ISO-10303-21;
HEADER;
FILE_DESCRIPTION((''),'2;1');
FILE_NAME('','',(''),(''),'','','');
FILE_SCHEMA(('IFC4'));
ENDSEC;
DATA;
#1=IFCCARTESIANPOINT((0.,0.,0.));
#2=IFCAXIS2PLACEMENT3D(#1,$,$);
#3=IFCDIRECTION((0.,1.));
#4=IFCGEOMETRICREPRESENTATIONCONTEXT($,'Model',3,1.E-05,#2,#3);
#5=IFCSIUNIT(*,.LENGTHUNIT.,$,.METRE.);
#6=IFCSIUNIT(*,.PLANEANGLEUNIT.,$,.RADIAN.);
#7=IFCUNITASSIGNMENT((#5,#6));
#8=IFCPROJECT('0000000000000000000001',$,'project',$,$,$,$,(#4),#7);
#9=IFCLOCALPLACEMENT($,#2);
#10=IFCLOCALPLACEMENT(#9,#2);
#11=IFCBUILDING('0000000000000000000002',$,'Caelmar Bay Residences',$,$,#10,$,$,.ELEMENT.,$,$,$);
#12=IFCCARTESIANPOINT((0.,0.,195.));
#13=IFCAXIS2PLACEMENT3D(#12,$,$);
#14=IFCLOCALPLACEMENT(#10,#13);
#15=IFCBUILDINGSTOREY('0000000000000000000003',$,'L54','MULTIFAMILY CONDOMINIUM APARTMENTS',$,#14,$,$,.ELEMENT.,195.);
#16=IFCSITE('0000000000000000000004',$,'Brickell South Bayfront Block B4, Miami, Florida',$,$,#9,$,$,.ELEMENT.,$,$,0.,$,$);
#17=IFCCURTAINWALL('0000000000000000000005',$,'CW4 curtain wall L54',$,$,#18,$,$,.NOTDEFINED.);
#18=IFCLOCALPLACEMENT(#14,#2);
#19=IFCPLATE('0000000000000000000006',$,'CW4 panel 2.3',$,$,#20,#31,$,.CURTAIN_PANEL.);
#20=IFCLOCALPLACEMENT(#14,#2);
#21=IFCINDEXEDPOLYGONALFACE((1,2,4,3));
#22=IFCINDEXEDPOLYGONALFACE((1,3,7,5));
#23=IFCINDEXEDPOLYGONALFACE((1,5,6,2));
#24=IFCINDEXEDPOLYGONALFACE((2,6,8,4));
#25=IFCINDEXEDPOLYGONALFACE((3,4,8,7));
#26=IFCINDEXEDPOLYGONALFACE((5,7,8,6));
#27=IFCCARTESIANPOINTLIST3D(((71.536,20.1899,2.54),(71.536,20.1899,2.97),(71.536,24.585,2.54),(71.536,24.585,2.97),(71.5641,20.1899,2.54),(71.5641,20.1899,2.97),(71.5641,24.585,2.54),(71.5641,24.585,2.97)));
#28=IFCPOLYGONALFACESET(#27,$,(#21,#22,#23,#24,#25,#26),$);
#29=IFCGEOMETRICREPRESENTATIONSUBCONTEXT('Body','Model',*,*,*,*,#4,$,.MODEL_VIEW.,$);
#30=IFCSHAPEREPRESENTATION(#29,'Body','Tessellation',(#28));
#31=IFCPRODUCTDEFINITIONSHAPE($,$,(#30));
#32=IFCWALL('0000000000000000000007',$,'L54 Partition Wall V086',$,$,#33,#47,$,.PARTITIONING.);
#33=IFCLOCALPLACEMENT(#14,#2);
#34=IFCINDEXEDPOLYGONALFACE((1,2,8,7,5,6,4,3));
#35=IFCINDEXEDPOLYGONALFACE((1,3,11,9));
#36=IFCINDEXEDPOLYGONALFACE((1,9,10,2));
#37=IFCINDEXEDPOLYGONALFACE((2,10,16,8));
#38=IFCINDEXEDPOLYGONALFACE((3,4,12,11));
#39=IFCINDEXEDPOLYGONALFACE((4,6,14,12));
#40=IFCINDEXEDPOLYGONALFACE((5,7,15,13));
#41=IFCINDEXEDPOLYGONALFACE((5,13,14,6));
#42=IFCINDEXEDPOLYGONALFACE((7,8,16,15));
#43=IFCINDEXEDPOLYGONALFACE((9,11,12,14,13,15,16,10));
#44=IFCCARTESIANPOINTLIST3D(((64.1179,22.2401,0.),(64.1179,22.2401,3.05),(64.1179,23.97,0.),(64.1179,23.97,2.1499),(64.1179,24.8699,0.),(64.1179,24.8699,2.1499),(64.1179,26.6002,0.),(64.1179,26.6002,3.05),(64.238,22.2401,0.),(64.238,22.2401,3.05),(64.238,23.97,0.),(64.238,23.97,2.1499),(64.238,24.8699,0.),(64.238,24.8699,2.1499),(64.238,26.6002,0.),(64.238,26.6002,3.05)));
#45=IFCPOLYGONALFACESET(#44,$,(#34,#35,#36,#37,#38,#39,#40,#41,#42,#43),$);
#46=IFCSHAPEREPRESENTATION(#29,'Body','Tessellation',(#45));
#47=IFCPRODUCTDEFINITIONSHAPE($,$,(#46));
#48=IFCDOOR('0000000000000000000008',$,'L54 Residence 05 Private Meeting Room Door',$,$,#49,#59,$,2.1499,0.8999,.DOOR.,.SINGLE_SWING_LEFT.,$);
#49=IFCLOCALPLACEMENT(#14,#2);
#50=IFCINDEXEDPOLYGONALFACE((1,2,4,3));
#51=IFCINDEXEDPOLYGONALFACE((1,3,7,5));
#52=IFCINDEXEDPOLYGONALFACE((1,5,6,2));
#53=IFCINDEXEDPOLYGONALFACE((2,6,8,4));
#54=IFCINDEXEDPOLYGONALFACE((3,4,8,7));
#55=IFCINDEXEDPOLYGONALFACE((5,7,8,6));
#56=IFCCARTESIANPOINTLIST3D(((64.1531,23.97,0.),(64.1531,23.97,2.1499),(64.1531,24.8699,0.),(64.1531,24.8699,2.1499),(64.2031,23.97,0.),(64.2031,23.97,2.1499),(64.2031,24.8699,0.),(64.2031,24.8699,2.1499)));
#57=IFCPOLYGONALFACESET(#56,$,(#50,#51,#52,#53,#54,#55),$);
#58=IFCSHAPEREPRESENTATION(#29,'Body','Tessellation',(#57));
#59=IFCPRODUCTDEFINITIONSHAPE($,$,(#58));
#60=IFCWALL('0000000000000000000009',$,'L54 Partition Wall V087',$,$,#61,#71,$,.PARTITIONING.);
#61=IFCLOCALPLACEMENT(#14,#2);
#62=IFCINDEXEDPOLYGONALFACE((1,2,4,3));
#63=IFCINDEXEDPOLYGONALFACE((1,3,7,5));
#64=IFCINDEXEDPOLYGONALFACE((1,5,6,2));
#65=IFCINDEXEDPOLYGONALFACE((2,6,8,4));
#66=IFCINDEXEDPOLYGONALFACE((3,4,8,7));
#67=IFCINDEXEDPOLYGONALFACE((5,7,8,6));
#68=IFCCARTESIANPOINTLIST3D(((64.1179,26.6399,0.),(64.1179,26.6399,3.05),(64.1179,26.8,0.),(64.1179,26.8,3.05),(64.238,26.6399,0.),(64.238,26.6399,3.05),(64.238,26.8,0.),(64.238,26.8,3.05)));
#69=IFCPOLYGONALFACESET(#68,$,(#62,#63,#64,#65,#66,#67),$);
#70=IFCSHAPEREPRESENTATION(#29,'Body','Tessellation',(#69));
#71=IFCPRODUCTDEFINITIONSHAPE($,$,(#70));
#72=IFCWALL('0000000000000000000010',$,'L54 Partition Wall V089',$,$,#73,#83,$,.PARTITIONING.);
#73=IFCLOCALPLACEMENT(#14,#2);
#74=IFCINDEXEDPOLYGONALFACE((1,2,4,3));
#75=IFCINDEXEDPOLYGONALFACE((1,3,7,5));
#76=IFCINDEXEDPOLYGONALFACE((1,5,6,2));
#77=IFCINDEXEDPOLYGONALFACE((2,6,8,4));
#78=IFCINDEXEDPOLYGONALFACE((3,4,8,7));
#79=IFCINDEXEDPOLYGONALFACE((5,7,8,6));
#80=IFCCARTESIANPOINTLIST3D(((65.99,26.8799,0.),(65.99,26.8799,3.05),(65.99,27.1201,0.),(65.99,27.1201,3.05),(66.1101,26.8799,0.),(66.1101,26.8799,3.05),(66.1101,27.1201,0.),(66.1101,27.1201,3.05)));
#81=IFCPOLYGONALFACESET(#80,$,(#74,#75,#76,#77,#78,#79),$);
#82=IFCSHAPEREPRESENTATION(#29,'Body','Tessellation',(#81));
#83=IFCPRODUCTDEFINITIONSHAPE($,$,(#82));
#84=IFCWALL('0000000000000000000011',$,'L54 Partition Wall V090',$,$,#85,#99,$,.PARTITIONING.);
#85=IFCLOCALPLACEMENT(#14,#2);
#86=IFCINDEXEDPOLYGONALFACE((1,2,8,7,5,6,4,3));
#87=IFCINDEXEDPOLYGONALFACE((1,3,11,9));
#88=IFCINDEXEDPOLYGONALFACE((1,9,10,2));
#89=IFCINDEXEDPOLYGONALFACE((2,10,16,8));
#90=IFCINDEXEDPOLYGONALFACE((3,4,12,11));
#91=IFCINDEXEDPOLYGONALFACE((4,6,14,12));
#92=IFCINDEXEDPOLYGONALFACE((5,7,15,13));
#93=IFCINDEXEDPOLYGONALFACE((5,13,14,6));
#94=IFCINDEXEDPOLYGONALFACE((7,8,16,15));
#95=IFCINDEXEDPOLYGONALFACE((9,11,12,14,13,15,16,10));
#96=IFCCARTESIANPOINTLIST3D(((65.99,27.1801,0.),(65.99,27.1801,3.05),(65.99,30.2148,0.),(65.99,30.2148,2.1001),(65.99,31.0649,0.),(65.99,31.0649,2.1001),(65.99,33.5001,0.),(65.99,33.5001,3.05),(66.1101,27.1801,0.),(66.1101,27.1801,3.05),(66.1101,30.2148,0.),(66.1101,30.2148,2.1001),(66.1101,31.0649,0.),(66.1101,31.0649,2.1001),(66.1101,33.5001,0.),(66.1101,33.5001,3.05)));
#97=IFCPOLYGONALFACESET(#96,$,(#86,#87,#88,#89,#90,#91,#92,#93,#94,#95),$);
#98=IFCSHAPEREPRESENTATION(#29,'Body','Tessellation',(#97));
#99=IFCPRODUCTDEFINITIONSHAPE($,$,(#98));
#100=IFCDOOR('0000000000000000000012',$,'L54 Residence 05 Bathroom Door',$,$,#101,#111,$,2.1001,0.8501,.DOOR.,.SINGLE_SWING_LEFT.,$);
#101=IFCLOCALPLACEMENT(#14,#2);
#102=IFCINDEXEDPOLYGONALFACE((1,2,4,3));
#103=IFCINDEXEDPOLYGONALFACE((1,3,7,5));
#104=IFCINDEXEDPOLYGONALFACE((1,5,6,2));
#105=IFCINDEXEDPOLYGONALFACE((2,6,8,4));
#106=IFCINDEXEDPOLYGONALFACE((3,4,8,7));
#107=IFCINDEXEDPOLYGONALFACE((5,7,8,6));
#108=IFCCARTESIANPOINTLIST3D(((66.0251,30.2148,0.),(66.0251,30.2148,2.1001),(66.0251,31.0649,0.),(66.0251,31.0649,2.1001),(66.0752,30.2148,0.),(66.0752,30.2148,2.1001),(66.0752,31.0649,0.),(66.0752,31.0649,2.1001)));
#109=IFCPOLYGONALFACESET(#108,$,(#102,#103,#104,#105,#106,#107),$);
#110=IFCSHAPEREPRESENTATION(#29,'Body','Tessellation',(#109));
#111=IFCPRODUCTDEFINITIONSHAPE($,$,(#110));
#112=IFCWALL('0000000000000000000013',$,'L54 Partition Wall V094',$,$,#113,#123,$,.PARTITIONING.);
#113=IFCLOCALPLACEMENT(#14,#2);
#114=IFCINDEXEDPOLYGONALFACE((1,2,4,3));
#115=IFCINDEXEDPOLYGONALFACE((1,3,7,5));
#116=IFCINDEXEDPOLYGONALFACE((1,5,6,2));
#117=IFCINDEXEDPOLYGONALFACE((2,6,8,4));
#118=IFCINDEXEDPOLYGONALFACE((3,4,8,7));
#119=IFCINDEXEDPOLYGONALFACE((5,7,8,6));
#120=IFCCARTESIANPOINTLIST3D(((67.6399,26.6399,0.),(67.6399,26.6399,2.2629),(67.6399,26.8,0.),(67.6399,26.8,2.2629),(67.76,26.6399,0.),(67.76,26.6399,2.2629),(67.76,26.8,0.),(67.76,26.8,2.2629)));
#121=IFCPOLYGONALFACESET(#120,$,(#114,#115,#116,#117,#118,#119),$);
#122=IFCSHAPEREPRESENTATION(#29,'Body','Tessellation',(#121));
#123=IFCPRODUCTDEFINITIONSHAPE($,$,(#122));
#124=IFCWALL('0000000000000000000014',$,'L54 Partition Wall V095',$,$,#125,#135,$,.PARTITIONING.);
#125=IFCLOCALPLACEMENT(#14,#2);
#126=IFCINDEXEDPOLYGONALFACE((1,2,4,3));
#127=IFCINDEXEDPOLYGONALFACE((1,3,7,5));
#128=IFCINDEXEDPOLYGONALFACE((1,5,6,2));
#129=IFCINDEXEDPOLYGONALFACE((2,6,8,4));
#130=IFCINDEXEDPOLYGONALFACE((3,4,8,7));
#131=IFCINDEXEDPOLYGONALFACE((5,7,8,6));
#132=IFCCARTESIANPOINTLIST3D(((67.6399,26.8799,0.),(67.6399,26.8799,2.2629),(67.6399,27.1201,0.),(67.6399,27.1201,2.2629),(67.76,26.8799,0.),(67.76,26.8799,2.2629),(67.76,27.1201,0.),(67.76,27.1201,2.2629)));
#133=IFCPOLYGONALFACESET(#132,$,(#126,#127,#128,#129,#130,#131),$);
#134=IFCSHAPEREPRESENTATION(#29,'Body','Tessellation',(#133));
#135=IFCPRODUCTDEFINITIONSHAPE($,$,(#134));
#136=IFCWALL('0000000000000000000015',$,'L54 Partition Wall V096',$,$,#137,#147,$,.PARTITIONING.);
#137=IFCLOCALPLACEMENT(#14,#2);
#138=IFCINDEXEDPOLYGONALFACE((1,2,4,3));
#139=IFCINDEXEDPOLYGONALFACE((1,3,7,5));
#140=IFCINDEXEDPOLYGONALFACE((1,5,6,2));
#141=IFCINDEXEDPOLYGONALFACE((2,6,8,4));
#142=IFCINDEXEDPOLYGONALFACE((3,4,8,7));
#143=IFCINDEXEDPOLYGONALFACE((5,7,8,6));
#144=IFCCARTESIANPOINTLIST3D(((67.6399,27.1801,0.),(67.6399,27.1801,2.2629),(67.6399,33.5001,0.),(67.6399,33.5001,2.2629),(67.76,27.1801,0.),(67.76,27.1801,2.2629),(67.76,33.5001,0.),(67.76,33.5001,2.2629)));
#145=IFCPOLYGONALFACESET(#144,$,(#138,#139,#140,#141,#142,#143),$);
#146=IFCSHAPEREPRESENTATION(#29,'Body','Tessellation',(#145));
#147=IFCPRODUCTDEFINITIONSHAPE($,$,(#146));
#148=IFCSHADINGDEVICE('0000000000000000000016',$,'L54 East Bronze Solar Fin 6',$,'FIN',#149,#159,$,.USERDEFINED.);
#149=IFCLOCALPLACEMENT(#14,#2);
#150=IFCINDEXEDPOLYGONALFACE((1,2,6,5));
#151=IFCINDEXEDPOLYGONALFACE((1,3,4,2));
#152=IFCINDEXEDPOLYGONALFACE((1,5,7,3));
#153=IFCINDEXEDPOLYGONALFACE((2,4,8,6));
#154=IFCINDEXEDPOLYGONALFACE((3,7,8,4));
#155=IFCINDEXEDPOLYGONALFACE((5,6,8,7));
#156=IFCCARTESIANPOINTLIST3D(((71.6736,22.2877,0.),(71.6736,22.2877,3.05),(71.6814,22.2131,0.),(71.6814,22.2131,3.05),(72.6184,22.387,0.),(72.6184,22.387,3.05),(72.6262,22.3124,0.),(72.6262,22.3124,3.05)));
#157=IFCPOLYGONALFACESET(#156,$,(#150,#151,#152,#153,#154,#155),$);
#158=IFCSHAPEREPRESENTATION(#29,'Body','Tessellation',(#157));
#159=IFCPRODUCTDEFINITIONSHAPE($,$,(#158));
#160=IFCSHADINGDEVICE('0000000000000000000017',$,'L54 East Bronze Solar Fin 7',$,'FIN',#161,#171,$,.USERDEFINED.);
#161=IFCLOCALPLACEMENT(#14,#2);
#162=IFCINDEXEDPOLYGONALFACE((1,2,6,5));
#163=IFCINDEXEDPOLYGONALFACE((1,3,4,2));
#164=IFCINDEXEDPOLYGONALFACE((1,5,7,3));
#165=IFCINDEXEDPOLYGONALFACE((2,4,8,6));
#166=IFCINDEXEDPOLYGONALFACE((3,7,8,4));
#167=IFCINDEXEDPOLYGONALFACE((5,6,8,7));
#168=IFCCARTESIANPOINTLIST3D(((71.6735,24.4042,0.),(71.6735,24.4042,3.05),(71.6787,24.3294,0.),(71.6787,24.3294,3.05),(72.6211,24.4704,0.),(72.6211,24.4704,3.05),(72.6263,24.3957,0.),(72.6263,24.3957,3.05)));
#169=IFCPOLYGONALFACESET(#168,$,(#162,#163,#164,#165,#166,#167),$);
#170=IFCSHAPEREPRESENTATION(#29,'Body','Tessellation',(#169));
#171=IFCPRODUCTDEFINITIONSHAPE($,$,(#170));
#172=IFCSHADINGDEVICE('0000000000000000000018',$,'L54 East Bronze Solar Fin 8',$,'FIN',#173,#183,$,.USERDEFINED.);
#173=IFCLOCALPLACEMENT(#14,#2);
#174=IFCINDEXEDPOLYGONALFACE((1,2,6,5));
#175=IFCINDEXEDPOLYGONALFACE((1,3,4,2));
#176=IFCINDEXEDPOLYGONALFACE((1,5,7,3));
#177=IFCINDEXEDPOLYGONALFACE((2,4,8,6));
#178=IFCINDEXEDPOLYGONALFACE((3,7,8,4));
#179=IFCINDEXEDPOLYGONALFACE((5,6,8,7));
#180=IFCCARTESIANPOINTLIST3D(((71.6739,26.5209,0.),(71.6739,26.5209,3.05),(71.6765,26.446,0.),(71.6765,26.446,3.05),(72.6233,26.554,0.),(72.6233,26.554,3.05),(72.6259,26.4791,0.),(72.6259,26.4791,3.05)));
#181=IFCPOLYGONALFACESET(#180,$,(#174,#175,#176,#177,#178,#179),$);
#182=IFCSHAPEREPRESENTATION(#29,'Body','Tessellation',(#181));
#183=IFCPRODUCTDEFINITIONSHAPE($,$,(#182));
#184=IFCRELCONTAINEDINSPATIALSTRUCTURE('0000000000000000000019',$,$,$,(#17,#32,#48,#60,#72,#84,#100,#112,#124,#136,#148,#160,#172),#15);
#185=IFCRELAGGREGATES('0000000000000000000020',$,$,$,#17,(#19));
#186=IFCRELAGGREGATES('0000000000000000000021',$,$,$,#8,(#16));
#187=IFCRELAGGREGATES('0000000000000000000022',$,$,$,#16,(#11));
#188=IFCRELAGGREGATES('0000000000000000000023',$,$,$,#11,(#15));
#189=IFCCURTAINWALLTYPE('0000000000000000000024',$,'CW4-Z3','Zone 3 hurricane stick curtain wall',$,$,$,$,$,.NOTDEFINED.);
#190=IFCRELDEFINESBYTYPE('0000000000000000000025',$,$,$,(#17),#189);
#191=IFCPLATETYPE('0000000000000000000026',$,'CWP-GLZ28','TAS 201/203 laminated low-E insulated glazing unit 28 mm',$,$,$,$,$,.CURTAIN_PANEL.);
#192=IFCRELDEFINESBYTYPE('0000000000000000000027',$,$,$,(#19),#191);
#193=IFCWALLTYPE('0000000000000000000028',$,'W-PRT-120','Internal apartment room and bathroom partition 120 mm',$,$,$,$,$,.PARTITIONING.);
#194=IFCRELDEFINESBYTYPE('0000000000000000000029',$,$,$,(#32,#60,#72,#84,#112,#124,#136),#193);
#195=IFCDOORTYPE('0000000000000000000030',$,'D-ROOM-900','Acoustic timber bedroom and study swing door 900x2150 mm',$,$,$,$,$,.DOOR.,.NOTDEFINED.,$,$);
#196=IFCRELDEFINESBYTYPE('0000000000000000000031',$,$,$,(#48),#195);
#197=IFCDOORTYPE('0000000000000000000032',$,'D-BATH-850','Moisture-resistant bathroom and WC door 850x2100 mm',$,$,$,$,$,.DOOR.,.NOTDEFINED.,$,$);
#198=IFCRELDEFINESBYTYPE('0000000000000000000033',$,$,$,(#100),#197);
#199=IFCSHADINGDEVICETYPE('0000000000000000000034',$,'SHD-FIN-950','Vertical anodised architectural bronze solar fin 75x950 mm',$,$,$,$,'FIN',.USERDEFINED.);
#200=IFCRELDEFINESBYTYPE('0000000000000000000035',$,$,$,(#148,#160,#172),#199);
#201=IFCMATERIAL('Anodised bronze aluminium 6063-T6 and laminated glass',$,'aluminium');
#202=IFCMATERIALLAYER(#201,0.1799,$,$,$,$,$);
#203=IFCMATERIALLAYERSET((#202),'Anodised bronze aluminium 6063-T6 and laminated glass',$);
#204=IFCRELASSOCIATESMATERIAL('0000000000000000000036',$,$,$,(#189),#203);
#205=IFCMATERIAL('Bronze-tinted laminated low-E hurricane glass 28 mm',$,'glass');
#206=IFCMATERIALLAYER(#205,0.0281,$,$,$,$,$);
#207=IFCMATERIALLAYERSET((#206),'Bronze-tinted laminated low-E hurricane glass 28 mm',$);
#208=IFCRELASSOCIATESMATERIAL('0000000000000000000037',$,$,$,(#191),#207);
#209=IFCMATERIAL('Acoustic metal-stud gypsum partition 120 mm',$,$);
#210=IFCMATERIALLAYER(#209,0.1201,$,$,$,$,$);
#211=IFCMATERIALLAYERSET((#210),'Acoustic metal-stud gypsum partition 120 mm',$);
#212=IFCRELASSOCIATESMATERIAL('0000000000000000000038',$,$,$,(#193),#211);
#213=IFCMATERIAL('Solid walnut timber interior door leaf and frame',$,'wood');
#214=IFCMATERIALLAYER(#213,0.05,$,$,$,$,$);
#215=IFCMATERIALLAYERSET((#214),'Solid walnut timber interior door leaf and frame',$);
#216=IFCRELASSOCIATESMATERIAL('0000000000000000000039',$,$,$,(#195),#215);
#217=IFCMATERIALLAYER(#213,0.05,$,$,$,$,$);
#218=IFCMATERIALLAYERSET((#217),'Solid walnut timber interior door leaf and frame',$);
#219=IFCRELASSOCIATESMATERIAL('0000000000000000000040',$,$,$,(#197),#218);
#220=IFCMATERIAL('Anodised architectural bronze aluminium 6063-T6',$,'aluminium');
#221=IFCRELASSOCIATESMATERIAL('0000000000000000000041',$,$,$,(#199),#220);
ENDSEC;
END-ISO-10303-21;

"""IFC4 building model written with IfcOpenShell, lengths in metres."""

from ifc_helpers import new_model, si_unit, direction, frame, frame_2d, origin, origin_2d, place, context, subcontext, project, spatial, rectangle, extrude, material, layer, layer_set, material_profile, profile_set, type_object, element, fill, aggregate, save


model = new_model("IFC4")

# Units and contexts
model_context = context("Model", 3, precision=1e-05, world=origin(), true_north=direction((0.0, 1.0)))
body_context = subcontext(model_context, "Body", "Model", "MODEL_VIEW")
ifc_project = project(units=[si_unit("LENGTHUNIT", "METRE"), si_unit("PLANEANGLEUNIT", "RADIAN")], contexts=[model_context])

# Site, building, storey
site_placement = place(None, origin())
site = spatial("IfcSite", under=ifc_project, at=site_placement, Name="Brickell South Bayfront Block B4, Miami, Florida", CompositionType="ELEMENT", RefElevation=0.0)
building_placement = place(site_placement, origin())
building = spatial("IfcBuilding", under=site, at=building_placement, Name="Caelmar Bay Residences", CompositionType="ELEMENT")
storey_placement = place(building_placement, frame((0.0, 0.0, 195.0)))
storey = spatial("IfcBuildingStorey", under=building, at=storey_placement, Name="L54", Description="MULTIFAMILY CONDOMINIUM APARTMENTS", CompositionType="ELEMENT", Elevation=195.0)

# Curtain wall, plate
ifc_material_1 = material(Name="Anodised bronze aluminium 6063-T6 and laminated glass", Category="aluminium")
ifc_layer_1 = layer(ifc_material_1, 0.1799)
ifc_layer_set_1 = layer_set([ifc_layer_1], Name="Anodised bronze aluminium 6063-T6 and laminated glass")
curtain_wall_type = type_object("IfcCurtainWallType", Name="CW4-Z3", Description="Zone 3 hurricane stick curtain wall", PredefinedType="NOTDEFINED", material=ifc_layer_set_1)
curtain_wall_placement = place(storey_placement, origin())
curtain_wall = element("IfcCurtainWall", 1, at=curtain_wall_placement, inside=storey, type_object=curtain_wall_type, Name="CW4 curtain wall L54", PredefinedType="NOTDEFINED")
ifc_material_2 = material(Name="Bronze-tinted laminated low-E hurricane glass 28 mm", Category="glass")
ifc_layer_2 = layer(ifc_material_2, 0.0281)
ifc_layer_set_2 = layer_set([ifc_layer_2], Name="Bronze-tinted laminated low-E hurricane glass 28 mm")
plate_type = type_object("IfcPlateType", Name="CWP-GLZ28", Description="TAS 201/203 laminated low-E insulated glazing unit 28 mm", PredefinedType="CURTAIN_PANEL", material=ifc_layer_set_2)
plate_1_placement = place(storey_placement, frame((71.55, 22.3875, 2.54), z_axis=(0.0, 0.0, 1.0), x_axis=(0.0, -1.0, 0.0)))
plate_1 = element("IfcPlate", 2, at=plate_1_placement, type_object=plate_type, Name="CW4 panel 2.3", PredefinedType="CURTAIN_PANEL", context=body_context, shape_type="SweptSolid", body=[
    extrude(rectangle(XDim=4.395, YDim=0.0281, at=origin_2d()), origin(), (0.0, 0.0, 1.0), 0.4299),
])
aggregate(curtain_wall, [plate_1])

# Wall, opening, door
ifc_material_3 = material(Name="Acoustic metal-stud gypsum partition 120 mm")
ifc_layer_3 = layer(ifc_material_3, 0.1201)
ifc_layer_set_3 = layer_set([ifc_layer_3], Name="Acoustic metal-stud gypsum partition 120 mm")
wall_type = type_object("IfcWallType", Name="W-PRT-120", Description="Internal apartment room and bathroom partition 120 mm", PredefinedType="PARTITIONING", material=ifc_layer_set_3)
wall_1_placement = place(storey_placement, frame((64.178, 22.24, 0.0), z_axis=(0.0, 0.0, 1.0), x_axis=(0.0, 1.0, 0.0)))
wall_1 = element("IfcWall", 3, at=wall_1_placement, inside=storey, type_object=wall_type, Name="L54 Partition Wall V086", PredefinedType="PARTITIONING", context=body_context, shape_type="SweptSolid", body=[
    extrude(rectangle(XDim=4.3601, YDim=0.1201, at=frame_2d((2.1802, 0.0))), origin(), (0.0, 0.0, 1.0), 3.05),
])
opening_1_placement = place(wall_1_placement, frame((1.73, 0.0, 0.0)))
opening_1 = element("IfcOpeningElement", 4, at=opening_1_placement, cuts=wall_1, PredefinedType="OPENING", context=body_context, shape_type="SweptSolid", body=[
    extrude(rectangle(XDim=0.8999, YDim=2.1499, at=frame_2d((0.45, 1.075))), frame((0.0, 0.0701, 0.0), z_axis=(0.0, -1.0, 0.0), x_axis=(1.0, 0.0, 0.0)), (0.0, 0.0, 1.0), 0.1401),
])
ifc_material_4 = material(Name="Solid walnut timber interior door leaf and frame", Category="wood")
ifc_layer_4 = layer(ifc_material_4, 0.05)
ifc_layer_set_4 = layer_set([ifc_layer_4], Name="Solid walnut timber interior door leaf and frame")
door_type_1 = type_object("IfcDoorType", Name="D-ROOM-900", Description="Acoustic timber bedroom and study swing door 900x2150 mm", OperationType="NOTDEFINED", PredefinedType="DOOR", material=ifc_layer_set_4)
door_1_placement = place(opening_1_placement, origin())
door_1 = element("IfcDoor", 5, at=door_1_placement, inside=storey, type_object=door_type_1, Name="L54 Residence 05 Private Meeting Room Door", OperationType="SINGLE_SWING_LEFT", OverallHeight=2.1499, OverallWidth=0.8999, PredefinedType="DOOR", context=body_context, shape_type="SweptSolid", body=[
    extrude(rectangle(XDim=0.8999, YDim=2.1499, at=frame_2d((0.45, 1.075))), frame((0.0, 0.0249, 0.0), z_axis=(0.0, -1.0, 0.0), x_axis=(1.0, 0.0, 0.0)), (0.0, 0.0, 1.0), 0.05),
])
fill(opening_1, door_1)

# Walls
wall_2_placement = place(storey_placement, frame((64.178, 26.6399, 0.0), z_axis=(0.0, 0.0, 1.0), x_axis=(0.0, 1.0, 0.0)))
element("IfcWall", 6, at=wall_2_placement, inside=storey, type_object=wall_type, Name="L54 Partition Wall V087", PredefinedType="PARTITIONING", context=body_context, shape_type="SweptSolid", body=[
    extrude(rectangle(XDim=0.1602, YDim=0.1201, at=frame_2d((0.0801, 0.0))), origin(), (0.0, 0.0, 1.0), 3.05),
])
wall_3_placement = place(storey_placement, frame((66.05, 26.8799, 0.0), z_axis=(0.0, 0.0, 1.0), x_axis=(0.0, 1.0, 0.0)))
element("IfcWall", 7, at=wall_3_placement, inside=storey, type_object=wall_type, Name="L54 Partition Wall V089", PredefinedType="PARTITIONING", context=body_context, shape_type="SweptSolid", body=[
    extrude(rectangle(XDim=0.2402, YDim=0.1201, at=frame_2d((0.1201, 0.0))), origin(), (0.0, 0.0, 1.0), 3.05),
])

# Wall, opening, door
wall_4_placement = place(storey_placement, frame((66.05, 27.1799, 0.0), z_axis=(0.0, 0.0, 1.0), x_axis=(0.0, 1.0, 0.0)))
wall_4 = element("IfcWall", 8, at=wall_4_placement, inside=storey, type_object=wall_type, Name="L54 Partition Wall V090", PredefinedType="PARTITIONING", context=body_context, shape_type="SweptSolid", body=[
    extrude(rectangle(XDim=6.3201, YDim=0.1201, at=frame_2d((3.1602, 0.0))), origin(), (0.0, 0.0, 1.0), 3.05),
])
opening_2_placement = place(wall_4_placement, frame((3.0349, 0.0, 0.0)))
opening_2 = element("IfcOpeningElement", 9, at=opening_2_placement, cuts=wall_4, PredefinedType="OPENING", context=body_context, shape_type="SweptSolid", body=[
    extrude(rectangle(XDim=0.8501, YDim=2.1001, at=frame_2d((0.425, 1.05))), frame((0.0, 0.0701, 0.0), z_axis=(0.0, -1.0, 0.0), x_axis=(1.0, 0.0, 0.0)), (0.0, 0.0, 1.0), 0.1401),
])
ifc_layer_5 = layer(ifc_material_4, 0.05)
ifc_layer_set_5 = layer_set([ifc_layer_5], Name="Solid walnut timber interior door leaf and frame")
door_type_2 = type_object("IfcDoorType", Name="D-BATH-850", Description="Moisture-resistant bathroom and WC door 850x2100 mm", OperationType="NOTDEFINED", PredefinedType="DOOR", material=ifc_layer_set_5)
door_2_placement = place(opening_2_placement, origin())
door_2 = element("IfcDoor", 10, at=door_2_placement, inside=storey, type_object=door_type_2, Name="L54 Residence 05 Bathroom Door", OperationType="SINGLE_SWING_LEFT", OverallHeight=2.1001, OverallWidth=0.8501, PredefinedType="DOOR", context=body_context, shape_type="SweptSolid", body=[
    extrude(rectangle(XDim=0.8501, YDim=2.1001, at=frame_2d((0.425, 1.05))), frame((0.0, 0.0249, 0.0), z_axis=(0.0, -1.0, 0.0), x_axis=(1.0, 0.0, 0.0)), (0.0, 0.0, 1.0), 0.05),
])
fill(opening_2, door_2)

# Walls
wall_5_placement = place(storey_placement, frame((67.7, 26.6399, 0.0), z_axis=(0.0, 0.0, 1.0), x_axis=(0.0, 1.0, 0.0)))
element("IfcWall", 11, at=wall_5_placement, inside=storey, type_object=wall_type, Name="L54 Partition Wall V094", PredefinedType="PARTITIONING", context=body_context, shape_type="SweptSolid", body=[
    extrude(rectangle(XDim=0.1602, YDim=0.1201, at=frame_2d((0.0801, 0.0))), origin(), (0.0, 0.0, 1.0), 2.2629),
])
wall_6_placement = place(storey_placement, frame((67.7, 26.8799, 0.0), z_axis=(0.0, 0.0, 1.0), x_axis=(0.0, 1.0, 0.0)))
element("IfcWall", 12, at=wall_6_placement, inside=storey, type_object=wall_type, Name="L54 Partition Wall V095", PredefinedType="PARTITIONING", context=body_context, shape_type="SweptSolid", body=[
    extrude(rectangle(XDim=0.2402, YDim=0.1201, at=frame_2d((0.1201, 0.0))), origin(), (0.0, 0.0, 1.0), 2.2629),
])
wall_7_placement = place(storey_placement, frame((67.7, 27.1799, 0.0), z_axis=(0.0, 0.0, 1.0), x_axis=(0.0, 1.0, 0.0)))
element("IfcWall", 13, at=wall_7_placement, inside=storey, type_object=wall_type, Name="L54 Partition Wall V096", PredefinedType="PARTITIONING", context=body_context, shape_type="SweptSolid", body=[
    extrude(rectangle(XDim=6.3201, YDim=0.1201, at=frame_2d((3.1602, 0.0))), origin(), (0.0, 0.0, 1.0), 2.2629),
])

# Shading devices
ifc_material_5 = material(Name="Anodised architectural bronze aluminium 6063-T6", Category="aluminium")
ifc_material_profile_1 = material_profile(ifc_material_5, rectangle(XDim=0.075, YDim=0.95, at=origin_2d()), Name="BRONZE-FIN-75X950")
ifc_profile_set_1 = profile_set([ifc_material_profile_1], Name="Anodised architectural bronze aluminium 6063-T6")
shading_device_type = type_object("IfcShadingDeviceType", Name="SHD-FIN-950", Description="Vertical anodised architectural bronze solar fin 75x950 mm", ElementType="FIN", PredefinedType="USERDEFINED", material=ifc_profile_set_1)
for number, where, z_axis, x_axis, name in (
    (14, (72.1499, 22.3, 0.0), (0.0, 0.0, 1.0), (-0.104528, 0.994522, 0.0), "L54 East Bronze Solar Fin 6"),
    (15, (72.1499, 24.3999, 0.0), (0.0, 0.0, 1.0), (-0.069756, 0.997564, 0.0), "L54 East Bronze Solar Fin 7"),
    (16, (72.1499, 26.5, 0.0), (0.0, 0.0, 1.0), (-0.034899, 0.999391, 0.0), "L54 East Bronze Solar Fin 8"),
):
    element("IfcShadingDevice", number, at=place(storey_placement, frame(where, z_axis=z_axis, x_axis=x_axis)), inside=storey, type_object=shading_device_type, Name=name, ObjectType="FIN", PredefinedType="USERDEFINED", context=body_context, shape_type="SweptSolid", body=[
        extrude(rectangle(XDim=0.075, YDim=0.95, at=origin_2d()), origin(), (0.0, 0.0, 1.0), 3.05),
    ])

save(model, "model.ifc")
